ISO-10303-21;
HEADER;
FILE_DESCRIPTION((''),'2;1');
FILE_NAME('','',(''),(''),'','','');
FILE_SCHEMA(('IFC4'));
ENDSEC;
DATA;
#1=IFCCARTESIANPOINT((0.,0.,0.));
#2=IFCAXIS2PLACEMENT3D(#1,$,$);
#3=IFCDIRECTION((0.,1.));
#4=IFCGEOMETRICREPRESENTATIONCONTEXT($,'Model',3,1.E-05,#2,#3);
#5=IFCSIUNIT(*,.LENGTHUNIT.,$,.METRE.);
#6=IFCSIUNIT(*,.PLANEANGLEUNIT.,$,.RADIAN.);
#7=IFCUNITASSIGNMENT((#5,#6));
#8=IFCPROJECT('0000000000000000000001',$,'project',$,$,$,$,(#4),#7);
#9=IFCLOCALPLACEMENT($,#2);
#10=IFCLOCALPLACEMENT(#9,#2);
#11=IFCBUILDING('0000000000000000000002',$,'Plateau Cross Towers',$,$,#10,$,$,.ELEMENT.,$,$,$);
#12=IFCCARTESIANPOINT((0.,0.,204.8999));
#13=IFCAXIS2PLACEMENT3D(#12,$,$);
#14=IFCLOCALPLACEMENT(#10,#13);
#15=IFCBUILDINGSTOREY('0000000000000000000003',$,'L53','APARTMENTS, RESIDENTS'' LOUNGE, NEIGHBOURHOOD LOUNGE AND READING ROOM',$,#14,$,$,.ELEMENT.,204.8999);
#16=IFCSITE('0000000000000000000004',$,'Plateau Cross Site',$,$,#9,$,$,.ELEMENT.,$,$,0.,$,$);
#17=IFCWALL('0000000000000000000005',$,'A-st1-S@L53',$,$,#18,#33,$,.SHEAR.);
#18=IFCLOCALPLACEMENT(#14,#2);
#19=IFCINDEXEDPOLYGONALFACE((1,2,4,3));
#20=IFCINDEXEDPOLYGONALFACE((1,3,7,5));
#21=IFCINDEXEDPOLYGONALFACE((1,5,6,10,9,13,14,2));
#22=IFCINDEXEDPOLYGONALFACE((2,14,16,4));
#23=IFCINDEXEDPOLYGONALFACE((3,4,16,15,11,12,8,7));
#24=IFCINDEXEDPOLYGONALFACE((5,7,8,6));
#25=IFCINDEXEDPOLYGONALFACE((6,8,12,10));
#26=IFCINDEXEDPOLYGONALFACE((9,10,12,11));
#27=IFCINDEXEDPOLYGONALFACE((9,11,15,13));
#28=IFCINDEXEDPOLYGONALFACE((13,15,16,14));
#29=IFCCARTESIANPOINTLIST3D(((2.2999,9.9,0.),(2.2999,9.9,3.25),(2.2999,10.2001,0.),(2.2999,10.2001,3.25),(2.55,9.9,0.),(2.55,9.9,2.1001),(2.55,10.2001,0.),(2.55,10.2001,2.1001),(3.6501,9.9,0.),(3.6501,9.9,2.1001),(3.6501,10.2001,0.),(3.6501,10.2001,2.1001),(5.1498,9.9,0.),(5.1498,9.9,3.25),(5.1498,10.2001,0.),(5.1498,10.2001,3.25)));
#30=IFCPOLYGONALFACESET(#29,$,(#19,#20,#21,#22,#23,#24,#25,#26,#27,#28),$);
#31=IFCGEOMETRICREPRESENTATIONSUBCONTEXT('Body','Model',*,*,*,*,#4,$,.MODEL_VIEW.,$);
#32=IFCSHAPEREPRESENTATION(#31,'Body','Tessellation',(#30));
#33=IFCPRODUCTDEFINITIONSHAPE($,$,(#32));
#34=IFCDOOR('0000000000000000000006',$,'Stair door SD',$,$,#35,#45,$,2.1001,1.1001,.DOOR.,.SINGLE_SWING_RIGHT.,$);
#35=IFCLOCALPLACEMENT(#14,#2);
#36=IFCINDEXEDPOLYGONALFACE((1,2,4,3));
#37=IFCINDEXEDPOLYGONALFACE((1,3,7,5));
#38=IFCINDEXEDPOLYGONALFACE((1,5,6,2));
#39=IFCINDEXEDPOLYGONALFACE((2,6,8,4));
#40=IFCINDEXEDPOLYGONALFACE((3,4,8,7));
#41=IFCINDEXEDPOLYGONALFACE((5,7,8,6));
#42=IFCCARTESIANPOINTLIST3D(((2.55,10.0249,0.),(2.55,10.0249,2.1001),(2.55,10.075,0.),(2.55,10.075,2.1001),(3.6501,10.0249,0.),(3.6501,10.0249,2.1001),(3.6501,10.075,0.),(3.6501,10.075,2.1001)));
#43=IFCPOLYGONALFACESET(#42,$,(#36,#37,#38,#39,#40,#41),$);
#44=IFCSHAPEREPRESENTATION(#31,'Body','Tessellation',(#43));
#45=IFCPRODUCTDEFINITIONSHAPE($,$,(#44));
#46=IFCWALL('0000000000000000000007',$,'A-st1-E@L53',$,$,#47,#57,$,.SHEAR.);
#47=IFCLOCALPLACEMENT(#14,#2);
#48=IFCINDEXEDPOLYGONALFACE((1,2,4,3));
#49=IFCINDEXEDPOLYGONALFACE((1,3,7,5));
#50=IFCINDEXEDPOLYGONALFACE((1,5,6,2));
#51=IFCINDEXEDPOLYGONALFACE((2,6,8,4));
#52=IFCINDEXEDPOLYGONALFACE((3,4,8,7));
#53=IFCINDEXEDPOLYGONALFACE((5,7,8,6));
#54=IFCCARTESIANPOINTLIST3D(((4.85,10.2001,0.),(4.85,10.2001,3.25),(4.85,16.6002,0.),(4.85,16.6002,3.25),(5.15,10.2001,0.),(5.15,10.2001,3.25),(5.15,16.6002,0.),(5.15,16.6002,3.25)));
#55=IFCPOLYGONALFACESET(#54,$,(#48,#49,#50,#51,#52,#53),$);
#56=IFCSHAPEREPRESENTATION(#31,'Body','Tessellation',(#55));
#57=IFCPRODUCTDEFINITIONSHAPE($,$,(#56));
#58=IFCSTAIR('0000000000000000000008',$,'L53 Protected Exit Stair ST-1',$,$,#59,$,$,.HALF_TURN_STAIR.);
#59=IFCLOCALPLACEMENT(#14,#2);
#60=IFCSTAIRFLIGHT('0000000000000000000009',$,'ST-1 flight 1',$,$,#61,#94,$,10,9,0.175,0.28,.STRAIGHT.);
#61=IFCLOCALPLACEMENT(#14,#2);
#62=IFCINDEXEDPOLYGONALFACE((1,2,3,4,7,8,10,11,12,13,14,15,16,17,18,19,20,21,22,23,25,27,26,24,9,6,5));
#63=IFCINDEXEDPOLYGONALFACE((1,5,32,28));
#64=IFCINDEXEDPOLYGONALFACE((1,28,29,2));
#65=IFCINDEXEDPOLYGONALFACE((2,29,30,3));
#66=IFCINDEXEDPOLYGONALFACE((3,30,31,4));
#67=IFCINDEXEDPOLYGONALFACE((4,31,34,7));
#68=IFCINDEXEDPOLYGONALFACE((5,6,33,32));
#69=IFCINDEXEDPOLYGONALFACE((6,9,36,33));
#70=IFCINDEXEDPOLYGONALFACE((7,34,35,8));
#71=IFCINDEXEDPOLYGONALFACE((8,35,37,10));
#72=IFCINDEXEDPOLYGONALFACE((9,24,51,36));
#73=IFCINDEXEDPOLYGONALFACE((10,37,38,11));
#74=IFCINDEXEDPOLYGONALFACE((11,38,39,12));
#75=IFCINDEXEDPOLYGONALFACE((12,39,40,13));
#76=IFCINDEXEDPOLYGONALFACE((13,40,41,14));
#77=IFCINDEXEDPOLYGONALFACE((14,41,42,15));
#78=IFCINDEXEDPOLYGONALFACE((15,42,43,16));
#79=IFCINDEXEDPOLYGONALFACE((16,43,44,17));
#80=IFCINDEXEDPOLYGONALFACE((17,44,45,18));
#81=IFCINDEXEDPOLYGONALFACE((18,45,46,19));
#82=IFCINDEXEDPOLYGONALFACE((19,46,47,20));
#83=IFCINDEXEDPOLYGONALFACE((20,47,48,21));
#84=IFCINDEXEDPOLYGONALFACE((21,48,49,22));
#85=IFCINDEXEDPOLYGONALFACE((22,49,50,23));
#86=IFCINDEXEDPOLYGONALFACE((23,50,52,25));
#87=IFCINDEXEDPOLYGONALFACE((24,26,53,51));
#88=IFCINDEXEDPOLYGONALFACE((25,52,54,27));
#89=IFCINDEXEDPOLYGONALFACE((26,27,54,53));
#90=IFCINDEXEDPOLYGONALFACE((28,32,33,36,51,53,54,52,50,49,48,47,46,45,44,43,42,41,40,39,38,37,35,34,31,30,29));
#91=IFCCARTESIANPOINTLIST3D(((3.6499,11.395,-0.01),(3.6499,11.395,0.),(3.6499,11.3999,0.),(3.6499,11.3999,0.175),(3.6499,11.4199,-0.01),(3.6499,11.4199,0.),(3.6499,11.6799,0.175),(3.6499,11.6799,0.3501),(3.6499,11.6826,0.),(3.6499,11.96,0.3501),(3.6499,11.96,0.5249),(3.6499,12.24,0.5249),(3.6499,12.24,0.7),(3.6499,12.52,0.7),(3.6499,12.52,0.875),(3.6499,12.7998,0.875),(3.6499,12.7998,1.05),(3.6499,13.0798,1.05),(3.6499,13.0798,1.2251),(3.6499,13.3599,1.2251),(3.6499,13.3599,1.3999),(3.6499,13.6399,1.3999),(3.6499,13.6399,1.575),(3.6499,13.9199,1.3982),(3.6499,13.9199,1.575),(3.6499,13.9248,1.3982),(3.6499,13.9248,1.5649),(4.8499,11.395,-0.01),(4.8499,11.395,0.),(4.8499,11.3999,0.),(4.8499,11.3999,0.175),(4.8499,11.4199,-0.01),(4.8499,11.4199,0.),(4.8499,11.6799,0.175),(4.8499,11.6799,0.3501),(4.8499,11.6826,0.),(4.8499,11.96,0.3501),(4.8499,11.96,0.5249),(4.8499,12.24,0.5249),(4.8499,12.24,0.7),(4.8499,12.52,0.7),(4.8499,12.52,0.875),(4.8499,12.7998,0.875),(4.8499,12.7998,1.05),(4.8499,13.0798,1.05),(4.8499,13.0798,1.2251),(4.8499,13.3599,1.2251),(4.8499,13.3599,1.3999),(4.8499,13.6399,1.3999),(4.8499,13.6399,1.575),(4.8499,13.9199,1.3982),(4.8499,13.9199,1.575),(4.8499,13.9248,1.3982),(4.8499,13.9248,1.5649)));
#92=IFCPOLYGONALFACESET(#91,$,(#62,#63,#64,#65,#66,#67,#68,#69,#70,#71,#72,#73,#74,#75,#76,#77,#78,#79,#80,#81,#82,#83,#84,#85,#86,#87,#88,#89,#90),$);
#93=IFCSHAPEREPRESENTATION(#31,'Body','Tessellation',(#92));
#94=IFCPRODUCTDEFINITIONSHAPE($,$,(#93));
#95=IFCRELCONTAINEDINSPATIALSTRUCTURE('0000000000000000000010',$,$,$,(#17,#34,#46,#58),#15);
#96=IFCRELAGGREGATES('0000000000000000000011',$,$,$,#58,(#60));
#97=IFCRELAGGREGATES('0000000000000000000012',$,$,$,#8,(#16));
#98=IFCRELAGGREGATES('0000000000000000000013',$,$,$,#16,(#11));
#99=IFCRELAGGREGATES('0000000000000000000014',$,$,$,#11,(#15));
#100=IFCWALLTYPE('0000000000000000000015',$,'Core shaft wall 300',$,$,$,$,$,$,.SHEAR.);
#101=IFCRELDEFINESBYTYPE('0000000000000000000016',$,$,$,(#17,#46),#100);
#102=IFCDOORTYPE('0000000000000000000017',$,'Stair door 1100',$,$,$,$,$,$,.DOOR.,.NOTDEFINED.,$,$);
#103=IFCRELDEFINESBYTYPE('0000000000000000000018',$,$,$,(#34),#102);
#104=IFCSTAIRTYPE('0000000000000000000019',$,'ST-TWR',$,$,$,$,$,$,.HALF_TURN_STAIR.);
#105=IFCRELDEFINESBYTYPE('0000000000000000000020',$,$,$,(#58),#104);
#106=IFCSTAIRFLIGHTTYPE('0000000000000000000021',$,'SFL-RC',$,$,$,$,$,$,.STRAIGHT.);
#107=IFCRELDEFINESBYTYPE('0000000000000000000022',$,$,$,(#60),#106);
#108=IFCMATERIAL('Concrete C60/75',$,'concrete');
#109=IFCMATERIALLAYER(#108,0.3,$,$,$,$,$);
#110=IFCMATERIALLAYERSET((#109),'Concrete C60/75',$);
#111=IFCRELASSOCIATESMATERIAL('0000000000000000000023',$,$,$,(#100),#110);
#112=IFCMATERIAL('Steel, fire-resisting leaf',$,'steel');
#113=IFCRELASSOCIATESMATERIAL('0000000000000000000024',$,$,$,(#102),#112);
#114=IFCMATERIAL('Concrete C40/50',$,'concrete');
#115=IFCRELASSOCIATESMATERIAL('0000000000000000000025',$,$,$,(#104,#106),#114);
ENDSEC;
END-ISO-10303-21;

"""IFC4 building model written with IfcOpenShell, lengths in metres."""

from ifc_helpers import new_model, si_unit, direction, frame, frame_2d, origin, place, context, subcontext, project, spatial, polyline, rectangle, outline, extrude, material, layer, layer_set, type_object, element, fill, aggregate, save


model = new_model("IFC4")

# Units and contexts
model_context = context("Model", 3, precision=1e-05, world=origin(), true_north=direction((0.0, 1.0)))
body_context = subcontext(model_context, "Body", "Model", "MODEL_VIEW")
ifc_project = project(units=[si_unit("LENGTHUNIT", "METRE"), si_unit("PLANEANGLEUNIT", "RADIAN")], contexts=[model_context])

# Site, building, storey
site_placement = place(None, origin())
site = spatial("IfcSite", under=ifc_project, at=site_placement, Name="Plateau Cross Site", CompositionType="ELEMENT", RefElevation=0.0)
building_placement = place(site_placement, origin())
building = spatial("IfcBuilding", under=site, at=building_placement, Name="Plateau Cross Towers", CompositionType="ELEMENT")
storey_placement = place(building_placement, frame((0.0, 0.0, 204.8999)))
storey = spatial("IfcBuildingStorey", under=building, at=storey_placement, Name="L53", Description="APARTMENTS, RESIDENTS' LOUNGE, NEIGHBOURHOOD LOUNGE AND READING ROOM", CompositionType="ELEMENT", Elevation=204.8999)

# Shared definitions
ifc_material_1 = material(Name="Concrete C60/75", Category="concrete")
ifc_layer_1 = layer(ifc_material_1, 0.3)
ifc_layer_set_1 = layer_set([ifc_layer_1], Name="Concrete C60/75")
wall_type = type_object("IfcWallType", Name="Core shaft wall 300", PredefinedType="SHEAR", material=ifc_layer_set_1)
ifc_material_2 = material(Name="Steel, fire-resisting leaf", Category="steel")
door_type_1 = type_object("IfcDoorType", Name="Stair door 1100", OperationType="NOTDEFINED", PredefinedType="DOOR", material=ifc_material_2)

# Wall, opening, door
wall_1_placement = place(storey_placement, frame((2.3, 10.05, 0.0), z_axis=(0.0, 0.0, 1.0), x_axis=(1.0, 0.0, 0.0)))
wall_1 = element("IfcWall", 1, at=wall_1_placement, inside=storey, type_object=wall_type, Name="A-st1-S@L53", PredefinedType="SHEAR", context=body_context, shape_type="SweptSolid", body=[
    extrude(rectangle(XDim=2.8499, YDim=0.3, at=frame_2d((1.4248, 0.0))), origin(), (0.0, 0.0, 1.0), 3.25),
])
opening_1_placement = place(wall_1_placement, frame((0.25, 0.0, 0.0)))
opening_1 = element("IfcOpeningElement", 2, at=opening_1_placement, cuts=wall_1, PredefinedType="OPENING", context=body_context, shape_type="SweptSolid", body=[
    extrude(rectangle(XDim=1.1001, YDim=2.1001, at=frame_2d((0.55, 1.05))), frame((0.0, 0.1599, 0.0), z_axis=(0.0, -1.0, 0.0), x_axis=(1.0, 0.0, 0.0)), (0.0, 0.0, 1.0), 0.3201),
])
door_1_placement = place(opening_1_placement, origin())
door_1 = element("IfcDoor", 3, at=door_1_placement, inside=storey, type_object=door_type_1, Name="Stair door SD", OperationType="SINGLE_SWING_RIGHT", OverallHeight=2.1001, OverallWidth=1.1001, PredefinedType="DOOR", context=body_context, shape_type="SweptSolid", body=[
    extrude(rectangle(XDim=1.1001, YDim=2.1001, at=frame_2d((0.55, 1.05))), frame((0.0, 0.0249, 0.0), z_axis=(0.0, -1.0, 0.0), x_axis=(1.0, 0.0, 0.0)), (0.0, 0.0, 1.0), 0.05),
])
fill(opening_1, door_1)

# Wall
wall_2_placement = place(storey_placement, frame((5.0, 10.2, 0.0), z_axis=(0.0, 0.0, 1.0), x_axis=(0.0, 1.0, 0.0)))
element("IfcWall", 4, at=wall_2_placement, inside=storey, type_object=wall_type, Name="A-st1-E@L53", PredefinedType="SHEAR", context=body_context, shape_type="SweptSolid", body=[
    extrude(rectangle(XDim=6.4001, YDim=0.3, at=frame_2d((3.2002, 0.0))), origin(), (0.0, 0.0, 1.0), 3.25),
])

# Stair, stair flight
ifc_material_3 = material(Name="Concrete C40/50", Category="concrete")
stair_type = type_object("IfcStairType", Name="ST-TWR", PredefinedType="HALF_TURN_STAIR", material=ifc_material_3)
stair_placement = place(storey_placement, origin())
stair = element("IfcStair", 5, at=stair_placement, inside=storey, type_object=stair_type, Name="L53 Protected Exit Stair ST-1", PredefinedType="HALF_TURN_STAIR")
stair_flight_type = type_object("IfcStairFlightType", Name="SFL-RC", PredefinedType="STRAIGHT", material=ifc_material_3)
stair_flight_placement = place(storey_placement, frame((4.25, 11.3999, 0.0), z_axis=(0.0, 0.0, 1.0), x_axis=(0.0, 1.0, 0.0)))
stair_flight = element("IfcStairFlight", 6, at=stair_flight_placement, type_object=stair_flight_type, Name="ST-1 flight 1", NumberOfRisers=10, NumberOfTreads=9, PredefinedType="STRAIGHT", RiserHeight=0.175, TreadLength=0.28, context=body_context, shape_type="SweptSolid", body=[
    extrude(outline(polyline([(-0.0049, -0.01), (-0.0049, 0.0), (0.0, 0.0), (0.0, 0.175), (0.28, 0.175), (0.28, 0.3501), (0.5601, 0.3501), (0.5601, 0.5249), (0.8401, 0.5249), (0.8401, 0.7), (1.1201, 0.7), (1.1201, 0.875), (1.3999, 0.875), (1.3999, 1.05), (1.6799, 1.05), (1.6799, 1.2251), (1.96, 1.2251), (1.96, 1.3999), (2.24, 1.3999), (2.24, 1.575), (2.52, 1.575), (2.5249, 1.5649), (2.5249, 1.3982), (2.52, 1.3982), (0.2827, 0.0), (0.02, 0.0), (0.02, -0.01), (-0.0049, -0.01)])), frame((0.0, 0.6001, 0.0), z_axis=(0.0, -1.0, 0.0), x_axis=(1.0, 0.0, 0.0)), (0.0, 0.0, 1.0), 1.2),
])
aggregate(stair, [stair_flight])

save(model, "model.ifc")
